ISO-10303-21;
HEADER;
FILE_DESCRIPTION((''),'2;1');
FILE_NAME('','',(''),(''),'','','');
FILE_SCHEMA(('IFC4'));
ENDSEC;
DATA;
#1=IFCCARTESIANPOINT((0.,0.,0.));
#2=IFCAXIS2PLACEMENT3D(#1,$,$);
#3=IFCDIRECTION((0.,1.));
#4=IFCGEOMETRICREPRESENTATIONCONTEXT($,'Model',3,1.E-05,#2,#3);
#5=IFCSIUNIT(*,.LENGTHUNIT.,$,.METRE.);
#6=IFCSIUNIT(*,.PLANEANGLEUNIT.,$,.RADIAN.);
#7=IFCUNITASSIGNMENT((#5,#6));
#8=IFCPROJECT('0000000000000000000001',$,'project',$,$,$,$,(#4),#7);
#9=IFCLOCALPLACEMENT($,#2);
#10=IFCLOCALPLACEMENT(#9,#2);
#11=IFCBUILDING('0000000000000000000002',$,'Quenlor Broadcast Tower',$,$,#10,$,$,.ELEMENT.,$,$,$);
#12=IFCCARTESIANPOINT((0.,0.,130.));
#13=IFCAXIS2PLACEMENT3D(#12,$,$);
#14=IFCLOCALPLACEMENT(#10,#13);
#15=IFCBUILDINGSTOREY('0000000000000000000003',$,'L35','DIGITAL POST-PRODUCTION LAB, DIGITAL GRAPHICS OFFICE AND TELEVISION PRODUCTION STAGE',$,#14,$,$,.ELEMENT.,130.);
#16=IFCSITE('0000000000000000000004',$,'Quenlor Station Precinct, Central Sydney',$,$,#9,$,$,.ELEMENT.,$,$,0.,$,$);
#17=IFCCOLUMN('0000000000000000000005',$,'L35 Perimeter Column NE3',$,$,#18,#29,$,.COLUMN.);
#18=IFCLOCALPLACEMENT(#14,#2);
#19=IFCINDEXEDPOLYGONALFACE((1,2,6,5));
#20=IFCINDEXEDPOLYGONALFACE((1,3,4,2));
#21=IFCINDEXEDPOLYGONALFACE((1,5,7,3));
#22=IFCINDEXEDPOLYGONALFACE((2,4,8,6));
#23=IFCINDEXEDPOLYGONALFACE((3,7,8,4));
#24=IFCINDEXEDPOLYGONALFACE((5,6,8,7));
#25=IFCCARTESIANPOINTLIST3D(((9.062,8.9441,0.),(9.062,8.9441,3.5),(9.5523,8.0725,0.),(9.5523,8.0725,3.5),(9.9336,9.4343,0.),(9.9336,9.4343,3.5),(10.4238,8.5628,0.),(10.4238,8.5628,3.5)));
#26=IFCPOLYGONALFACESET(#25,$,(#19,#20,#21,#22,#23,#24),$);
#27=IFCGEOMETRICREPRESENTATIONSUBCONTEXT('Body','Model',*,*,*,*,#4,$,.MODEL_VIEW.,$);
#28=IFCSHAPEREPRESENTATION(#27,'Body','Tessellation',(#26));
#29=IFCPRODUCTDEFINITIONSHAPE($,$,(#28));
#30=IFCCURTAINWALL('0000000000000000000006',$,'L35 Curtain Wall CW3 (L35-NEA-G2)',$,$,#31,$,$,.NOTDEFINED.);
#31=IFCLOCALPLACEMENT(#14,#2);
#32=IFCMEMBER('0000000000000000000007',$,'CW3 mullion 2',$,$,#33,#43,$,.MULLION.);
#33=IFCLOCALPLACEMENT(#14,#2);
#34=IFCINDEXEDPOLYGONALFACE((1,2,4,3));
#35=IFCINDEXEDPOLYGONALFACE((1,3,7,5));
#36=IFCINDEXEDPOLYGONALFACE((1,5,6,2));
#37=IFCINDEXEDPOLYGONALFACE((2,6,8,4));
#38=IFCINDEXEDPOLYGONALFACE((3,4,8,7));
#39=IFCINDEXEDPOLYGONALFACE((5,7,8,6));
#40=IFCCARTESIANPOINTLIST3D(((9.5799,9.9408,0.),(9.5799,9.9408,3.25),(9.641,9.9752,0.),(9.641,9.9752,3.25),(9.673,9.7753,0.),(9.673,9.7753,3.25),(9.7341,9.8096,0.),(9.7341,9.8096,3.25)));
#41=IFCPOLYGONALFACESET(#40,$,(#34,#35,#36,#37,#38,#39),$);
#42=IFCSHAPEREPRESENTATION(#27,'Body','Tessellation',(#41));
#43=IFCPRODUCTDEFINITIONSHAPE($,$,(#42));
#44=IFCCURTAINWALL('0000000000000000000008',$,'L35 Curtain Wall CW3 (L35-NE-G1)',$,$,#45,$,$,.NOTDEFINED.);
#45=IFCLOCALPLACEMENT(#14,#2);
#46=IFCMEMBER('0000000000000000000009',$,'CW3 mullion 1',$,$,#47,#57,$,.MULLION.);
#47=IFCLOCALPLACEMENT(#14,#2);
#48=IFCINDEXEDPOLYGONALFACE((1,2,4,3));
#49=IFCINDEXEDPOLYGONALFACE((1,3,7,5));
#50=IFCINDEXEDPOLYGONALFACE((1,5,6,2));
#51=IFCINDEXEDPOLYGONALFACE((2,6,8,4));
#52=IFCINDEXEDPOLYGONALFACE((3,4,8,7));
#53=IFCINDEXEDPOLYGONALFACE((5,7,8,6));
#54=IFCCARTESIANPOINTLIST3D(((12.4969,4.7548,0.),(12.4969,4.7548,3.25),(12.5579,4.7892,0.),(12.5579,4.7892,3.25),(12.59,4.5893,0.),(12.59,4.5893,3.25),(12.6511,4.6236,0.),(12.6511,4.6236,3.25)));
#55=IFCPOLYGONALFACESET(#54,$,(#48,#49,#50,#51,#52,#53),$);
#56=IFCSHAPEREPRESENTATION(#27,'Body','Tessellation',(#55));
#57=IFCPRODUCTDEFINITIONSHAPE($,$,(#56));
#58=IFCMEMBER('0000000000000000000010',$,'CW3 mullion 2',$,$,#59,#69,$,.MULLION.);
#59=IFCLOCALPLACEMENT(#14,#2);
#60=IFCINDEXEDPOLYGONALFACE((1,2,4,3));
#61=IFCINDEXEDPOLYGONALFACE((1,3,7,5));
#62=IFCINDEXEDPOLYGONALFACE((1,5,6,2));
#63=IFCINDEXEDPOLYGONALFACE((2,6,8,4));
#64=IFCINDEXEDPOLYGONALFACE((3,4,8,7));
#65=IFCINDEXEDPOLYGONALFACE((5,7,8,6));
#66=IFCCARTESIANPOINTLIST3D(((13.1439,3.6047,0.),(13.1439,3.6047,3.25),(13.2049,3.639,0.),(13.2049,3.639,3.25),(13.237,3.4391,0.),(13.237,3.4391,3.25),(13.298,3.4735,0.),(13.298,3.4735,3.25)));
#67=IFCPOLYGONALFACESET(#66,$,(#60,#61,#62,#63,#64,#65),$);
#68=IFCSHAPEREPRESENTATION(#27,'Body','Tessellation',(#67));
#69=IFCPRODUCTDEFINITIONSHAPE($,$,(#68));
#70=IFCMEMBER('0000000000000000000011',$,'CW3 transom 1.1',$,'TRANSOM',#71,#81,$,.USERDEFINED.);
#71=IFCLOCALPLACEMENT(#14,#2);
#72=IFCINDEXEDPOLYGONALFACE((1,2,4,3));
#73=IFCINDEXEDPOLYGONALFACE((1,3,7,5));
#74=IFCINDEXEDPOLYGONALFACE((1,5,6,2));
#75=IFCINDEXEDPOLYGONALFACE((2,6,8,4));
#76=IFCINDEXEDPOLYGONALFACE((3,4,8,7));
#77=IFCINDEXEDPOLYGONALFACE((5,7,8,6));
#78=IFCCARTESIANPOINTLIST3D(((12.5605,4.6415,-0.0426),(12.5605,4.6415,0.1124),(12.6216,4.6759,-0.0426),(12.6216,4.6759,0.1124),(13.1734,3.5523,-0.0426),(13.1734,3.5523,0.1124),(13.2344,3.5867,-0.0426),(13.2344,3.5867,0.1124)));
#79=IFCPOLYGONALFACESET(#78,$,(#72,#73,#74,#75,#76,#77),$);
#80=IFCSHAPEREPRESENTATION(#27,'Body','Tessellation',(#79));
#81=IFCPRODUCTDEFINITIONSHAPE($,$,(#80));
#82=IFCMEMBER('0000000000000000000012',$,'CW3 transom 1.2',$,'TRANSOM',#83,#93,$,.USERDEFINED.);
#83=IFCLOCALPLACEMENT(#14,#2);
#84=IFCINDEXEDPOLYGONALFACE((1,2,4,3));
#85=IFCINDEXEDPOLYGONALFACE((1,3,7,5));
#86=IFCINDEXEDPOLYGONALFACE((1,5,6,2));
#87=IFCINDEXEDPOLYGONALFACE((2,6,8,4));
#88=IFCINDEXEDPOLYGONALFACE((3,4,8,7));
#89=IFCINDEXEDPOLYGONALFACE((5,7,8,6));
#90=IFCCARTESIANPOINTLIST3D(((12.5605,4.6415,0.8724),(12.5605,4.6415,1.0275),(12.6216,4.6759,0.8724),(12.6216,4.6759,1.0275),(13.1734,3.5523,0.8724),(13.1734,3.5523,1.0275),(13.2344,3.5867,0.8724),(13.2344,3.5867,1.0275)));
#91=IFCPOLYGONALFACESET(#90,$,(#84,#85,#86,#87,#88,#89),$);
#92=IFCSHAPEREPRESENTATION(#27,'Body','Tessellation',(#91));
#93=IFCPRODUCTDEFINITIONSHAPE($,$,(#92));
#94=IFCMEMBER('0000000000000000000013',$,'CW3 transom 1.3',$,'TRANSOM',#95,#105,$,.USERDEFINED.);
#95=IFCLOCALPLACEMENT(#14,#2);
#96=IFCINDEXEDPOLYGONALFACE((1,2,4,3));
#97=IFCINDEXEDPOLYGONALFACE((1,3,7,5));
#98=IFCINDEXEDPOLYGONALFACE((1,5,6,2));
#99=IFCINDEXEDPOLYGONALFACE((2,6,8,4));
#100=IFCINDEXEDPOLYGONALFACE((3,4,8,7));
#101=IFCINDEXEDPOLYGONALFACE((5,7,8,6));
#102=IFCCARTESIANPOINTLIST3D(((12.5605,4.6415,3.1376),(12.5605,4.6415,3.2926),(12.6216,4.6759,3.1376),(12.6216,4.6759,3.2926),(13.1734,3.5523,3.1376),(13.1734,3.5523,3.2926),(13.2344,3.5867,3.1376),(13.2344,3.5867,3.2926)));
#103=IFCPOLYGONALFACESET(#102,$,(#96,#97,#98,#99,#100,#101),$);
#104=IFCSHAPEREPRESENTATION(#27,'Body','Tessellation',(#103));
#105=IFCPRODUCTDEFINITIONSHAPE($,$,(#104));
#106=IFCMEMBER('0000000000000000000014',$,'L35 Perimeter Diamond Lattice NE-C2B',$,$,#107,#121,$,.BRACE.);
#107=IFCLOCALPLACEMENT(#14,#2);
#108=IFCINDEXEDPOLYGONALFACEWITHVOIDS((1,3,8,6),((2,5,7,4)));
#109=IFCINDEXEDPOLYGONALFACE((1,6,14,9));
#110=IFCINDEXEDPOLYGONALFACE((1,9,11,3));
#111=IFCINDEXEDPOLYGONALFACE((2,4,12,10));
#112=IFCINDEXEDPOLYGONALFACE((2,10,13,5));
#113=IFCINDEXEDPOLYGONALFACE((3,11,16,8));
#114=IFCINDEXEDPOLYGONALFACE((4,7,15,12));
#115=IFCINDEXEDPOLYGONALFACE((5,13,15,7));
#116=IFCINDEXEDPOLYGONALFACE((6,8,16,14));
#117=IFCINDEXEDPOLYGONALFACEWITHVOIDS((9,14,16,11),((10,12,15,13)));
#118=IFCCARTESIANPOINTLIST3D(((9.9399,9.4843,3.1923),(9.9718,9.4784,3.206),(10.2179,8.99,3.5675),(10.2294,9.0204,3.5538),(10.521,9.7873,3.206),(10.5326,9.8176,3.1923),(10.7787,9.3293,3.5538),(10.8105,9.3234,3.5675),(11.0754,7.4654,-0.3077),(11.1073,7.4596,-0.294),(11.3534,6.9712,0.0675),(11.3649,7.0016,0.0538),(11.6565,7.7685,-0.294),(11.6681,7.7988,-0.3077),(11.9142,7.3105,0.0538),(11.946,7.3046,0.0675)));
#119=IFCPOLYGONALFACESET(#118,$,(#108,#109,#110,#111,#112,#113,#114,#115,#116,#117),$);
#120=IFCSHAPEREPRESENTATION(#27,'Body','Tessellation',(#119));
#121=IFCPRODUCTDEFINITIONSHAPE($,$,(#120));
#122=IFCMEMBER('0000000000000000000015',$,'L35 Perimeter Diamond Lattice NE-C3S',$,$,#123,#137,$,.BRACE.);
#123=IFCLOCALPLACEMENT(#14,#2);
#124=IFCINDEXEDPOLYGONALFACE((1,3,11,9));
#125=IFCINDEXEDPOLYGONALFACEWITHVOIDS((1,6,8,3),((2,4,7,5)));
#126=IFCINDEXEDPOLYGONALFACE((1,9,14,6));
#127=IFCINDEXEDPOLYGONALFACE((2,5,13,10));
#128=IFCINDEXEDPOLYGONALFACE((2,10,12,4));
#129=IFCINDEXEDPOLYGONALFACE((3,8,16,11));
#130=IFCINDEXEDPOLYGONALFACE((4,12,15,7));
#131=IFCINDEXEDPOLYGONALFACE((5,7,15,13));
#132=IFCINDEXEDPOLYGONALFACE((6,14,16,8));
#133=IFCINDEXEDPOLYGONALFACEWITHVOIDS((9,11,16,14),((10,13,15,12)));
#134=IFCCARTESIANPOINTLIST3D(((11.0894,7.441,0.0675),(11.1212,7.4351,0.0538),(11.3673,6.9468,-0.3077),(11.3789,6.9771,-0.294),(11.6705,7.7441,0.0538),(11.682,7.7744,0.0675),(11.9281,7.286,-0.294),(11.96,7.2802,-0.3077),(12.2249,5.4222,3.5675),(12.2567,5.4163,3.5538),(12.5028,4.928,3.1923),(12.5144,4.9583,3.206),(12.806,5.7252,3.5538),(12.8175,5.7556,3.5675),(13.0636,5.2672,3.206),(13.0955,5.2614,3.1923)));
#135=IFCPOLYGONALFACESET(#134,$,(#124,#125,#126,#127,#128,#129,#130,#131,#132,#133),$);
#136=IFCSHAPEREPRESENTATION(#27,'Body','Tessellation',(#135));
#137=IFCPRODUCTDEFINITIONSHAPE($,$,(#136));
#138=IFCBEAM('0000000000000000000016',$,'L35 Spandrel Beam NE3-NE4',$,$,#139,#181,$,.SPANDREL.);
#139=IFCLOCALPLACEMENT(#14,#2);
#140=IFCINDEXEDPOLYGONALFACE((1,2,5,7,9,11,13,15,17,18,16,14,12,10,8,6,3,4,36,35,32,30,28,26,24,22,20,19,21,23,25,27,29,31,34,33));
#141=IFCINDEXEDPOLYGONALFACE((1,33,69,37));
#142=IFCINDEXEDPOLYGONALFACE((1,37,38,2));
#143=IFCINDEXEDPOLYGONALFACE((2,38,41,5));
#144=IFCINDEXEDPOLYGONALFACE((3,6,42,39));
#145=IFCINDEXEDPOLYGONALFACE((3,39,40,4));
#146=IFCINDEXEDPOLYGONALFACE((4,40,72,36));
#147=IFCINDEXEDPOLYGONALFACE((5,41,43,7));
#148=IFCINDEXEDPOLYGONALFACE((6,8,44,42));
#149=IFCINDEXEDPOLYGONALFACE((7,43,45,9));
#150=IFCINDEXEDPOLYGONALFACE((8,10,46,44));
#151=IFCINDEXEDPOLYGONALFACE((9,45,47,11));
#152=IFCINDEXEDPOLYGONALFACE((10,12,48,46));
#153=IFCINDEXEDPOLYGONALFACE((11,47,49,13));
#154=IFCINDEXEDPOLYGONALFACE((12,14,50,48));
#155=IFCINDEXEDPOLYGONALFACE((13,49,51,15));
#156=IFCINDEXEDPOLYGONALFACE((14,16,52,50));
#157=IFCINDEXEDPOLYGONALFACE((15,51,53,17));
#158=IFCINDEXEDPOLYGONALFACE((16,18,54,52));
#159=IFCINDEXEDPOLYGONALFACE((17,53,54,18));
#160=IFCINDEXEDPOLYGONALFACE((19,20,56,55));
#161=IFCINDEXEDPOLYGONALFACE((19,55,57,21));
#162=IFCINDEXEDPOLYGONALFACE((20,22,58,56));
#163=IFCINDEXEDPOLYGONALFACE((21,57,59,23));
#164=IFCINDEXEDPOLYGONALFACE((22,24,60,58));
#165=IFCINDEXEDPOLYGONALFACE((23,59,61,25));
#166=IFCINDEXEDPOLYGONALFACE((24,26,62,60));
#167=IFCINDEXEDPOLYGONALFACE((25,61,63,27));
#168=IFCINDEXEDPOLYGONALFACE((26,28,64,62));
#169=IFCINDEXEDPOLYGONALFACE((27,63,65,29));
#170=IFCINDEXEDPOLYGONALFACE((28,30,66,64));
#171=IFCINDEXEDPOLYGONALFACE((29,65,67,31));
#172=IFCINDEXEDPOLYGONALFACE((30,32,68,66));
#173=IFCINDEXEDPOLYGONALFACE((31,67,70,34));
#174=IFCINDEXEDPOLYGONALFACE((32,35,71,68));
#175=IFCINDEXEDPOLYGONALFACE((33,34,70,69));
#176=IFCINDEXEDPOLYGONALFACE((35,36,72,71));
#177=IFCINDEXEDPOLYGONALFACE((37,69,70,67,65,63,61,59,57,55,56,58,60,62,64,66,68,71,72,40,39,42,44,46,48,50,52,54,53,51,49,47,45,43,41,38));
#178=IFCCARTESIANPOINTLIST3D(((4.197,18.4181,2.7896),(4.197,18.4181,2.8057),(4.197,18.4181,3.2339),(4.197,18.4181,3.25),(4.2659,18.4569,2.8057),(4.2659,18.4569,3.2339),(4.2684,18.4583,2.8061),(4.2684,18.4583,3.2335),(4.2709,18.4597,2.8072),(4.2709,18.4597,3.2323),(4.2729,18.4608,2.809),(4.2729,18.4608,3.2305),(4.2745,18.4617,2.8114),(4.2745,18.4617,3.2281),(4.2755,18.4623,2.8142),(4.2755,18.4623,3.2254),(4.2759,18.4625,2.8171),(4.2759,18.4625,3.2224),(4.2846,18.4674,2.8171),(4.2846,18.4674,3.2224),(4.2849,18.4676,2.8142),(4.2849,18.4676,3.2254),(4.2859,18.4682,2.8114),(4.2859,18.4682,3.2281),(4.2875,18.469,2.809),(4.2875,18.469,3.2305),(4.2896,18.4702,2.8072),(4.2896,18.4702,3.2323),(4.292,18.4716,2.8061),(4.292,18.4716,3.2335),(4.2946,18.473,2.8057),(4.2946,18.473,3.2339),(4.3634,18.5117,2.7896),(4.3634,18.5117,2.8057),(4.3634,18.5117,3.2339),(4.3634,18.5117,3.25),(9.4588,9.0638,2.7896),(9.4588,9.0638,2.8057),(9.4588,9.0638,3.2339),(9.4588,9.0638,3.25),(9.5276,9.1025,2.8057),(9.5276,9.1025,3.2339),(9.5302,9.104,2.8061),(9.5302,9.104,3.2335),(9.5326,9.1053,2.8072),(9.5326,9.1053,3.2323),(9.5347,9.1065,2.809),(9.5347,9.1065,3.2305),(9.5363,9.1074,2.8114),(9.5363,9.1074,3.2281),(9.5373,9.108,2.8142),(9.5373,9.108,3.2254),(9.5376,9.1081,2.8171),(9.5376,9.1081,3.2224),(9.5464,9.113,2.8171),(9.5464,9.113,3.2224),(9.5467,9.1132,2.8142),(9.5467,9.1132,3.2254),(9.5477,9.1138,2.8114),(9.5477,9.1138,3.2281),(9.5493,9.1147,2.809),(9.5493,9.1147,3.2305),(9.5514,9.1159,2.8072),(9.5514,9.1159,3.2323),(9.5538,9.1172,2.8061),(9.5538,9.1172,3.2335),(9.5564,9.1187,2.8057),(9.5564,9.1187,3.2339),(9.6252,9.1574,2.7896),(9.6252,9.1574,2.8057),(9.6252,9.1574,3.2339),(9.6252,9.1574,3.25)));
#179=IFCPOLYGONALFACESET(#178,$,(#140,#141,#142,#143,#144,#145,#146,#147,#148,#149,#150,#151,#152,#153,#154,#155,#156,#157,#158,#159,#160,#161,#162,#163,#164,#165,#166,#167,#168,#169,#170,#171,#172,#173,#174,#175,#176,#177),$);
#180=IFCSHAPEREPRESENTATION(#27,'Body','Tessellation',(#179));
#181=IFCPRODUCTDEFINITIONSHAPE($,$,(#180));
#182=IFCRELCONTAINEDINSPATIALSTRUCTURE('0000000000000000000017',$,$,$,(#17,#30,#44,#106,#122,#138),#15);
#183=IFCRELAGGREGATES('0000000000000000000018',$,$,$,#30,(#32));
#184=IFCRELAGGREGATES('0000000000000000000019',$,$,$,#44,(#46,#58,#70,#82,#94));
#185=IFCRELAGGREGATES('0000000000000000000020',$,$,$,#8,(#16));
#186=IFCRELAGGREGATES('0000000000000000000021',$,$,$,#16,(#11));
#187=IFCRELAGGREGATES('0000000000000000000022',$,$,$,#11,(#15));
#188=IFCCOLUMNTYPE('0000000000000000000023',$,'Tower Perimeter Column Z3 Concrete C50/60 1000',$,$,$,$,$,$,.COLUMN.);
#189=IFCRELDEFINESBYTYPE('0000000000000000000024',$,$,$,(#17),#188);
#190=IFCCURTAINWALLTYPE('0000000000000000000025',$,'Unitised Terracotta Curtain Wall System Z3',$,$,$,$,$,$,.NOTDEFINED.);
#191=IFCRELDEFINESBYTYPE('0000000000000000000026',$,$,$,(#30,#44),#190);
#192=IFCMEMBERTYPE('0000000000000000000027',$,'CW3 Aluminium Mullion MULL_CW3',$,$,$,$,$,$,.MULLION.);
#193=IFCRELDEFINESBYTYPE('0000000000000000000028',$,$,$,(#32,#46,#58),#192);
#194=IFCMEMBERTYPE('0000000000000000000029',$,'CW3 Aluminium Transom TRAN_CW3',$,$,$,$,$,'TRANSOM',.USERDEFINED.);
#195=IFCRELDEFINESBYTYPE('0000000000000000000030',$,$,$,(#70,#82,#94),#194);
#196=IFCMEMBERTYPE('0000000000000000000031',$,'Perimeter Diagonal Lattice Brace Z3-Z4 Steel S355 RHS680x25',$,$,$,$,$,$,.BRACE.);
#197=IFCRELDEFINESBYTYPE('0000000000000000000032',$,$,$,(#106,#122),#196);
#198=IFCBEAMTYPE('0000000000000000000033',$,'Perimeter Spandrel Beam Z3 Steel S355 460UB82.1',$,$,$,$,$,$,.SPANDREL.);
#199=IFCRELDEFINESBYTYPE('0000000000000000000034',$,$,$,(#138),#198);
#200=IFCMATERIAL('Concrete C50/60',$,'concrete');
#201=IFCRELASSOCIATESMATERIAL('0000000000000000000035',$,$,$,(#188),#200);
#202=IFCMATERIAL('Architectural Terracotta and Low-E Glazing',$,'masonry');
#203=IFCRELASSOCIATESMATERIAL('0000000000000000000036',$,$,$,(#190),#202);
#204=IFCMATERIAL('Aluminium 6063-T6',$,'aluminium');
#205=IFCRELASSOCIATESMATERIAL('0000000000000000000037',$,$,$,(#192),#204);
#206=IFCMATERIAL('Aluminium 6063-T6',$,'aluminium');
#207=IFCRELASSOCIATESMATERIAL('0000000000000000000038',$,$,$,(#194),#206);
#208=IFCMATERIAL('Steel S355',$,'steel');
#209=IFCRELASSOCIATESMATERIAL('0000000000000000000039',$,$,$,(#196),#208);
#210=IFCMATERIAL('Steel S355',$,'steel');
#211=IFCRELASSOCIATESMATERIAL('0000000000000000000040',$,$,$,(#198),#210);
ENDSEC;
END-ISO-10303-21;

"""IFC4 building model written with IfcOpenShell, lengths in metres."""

from ifc_helpers import new_model, si_unit, direction, frame, origin, origin_2d, place, context, subcontext, project, spatial, rectangle, hollow_rectangle, i_section, extrude, material, material_profile, profile_set, type_object, element, aggregate, save


model = new_model("IFC4")

# Units and contexts
model_context = context("Model", 3, precision=1e-05, world=origin(), true_north=direction((0.0, 1.0)))
body_context = subcontext(model_context, "Body", "Model", "MODEL_VIEW")
ifc_project = project(units=[si_unit("LENGTHUNIT", "METRE"), si_unit("PLANEANGLEUNIT", "RADIAN")], contexts=[model_context])

# Site, building, storey
site_placement = place(None, origin())
site = spatial("IfcSite", under=ifc_project, at=site_placement, Name="Quenlor Station Precinct, Central Sydney", CompositionType="ELEMENT", RefElevation=0.0)
building_placement = place(site_placement, origin())
building = spatial("IfcBuilding", under=site, at=building_placement, Name="Quenlor Broadcast Tower", CompositionType="ELEMENT")
storey_placement = place(building_placement, frame((0.0, 0.0, 130.0)))
storey = spatial("IfcBuildingStorey", under=building, at=storey_placement, Name="L35", Description="DIGITAL POST-PRODUCTION LAB, DIGITAL GRAPHICS OFFICE AND TELEVISION PRODUCTION STAGE", CompositionType="ELEMENT", Elevation=130.0)

# Column
ifc_material_1 = material(Name="Concrete C50/60", Category="concrete")
ifc_material_profile_1 = material_profile(ifc_material_1, rectangle(XDim=1.0, YDim=1.0, at=origin_2d()))
ifc_profile_set_1 = profile_set([ifc_material_profile_1], Name="Concrete C50/60 RC1000x1000")
column_type = type_object("IfcColumnType", Name="Tower Perimeter Column Z3 Concrete C50/60 1000", PredefinedType="COLUMN", material=ifc_profile_set_1)
column_placement = place(storey_placement, frame((9.7429, 8.7534, 0.0), z_axis=(0.0, 0.0, 1.0), x_axis=(0.871575, 0.490262, 0.0)))
element("IfcColumn", 1, at=column_placement, inside=storey, type_object=column_type, Name="L35 Perimeter Column NE3", PredefinedType="COLUMN", context=body_context, shape_type="SweptSolid", body=[
    extrude(rectangle(XDim=1.0, YDim=1.0, at=origin_2d()), origin(), (0.0, 0.0, 1.0), 3.5),
])

# Curtain wall, member
ifc_material_2 = material(Name="Architectural Terracotta and Low-E Glazing", Category="masonry")
curtain_wall_type = type_object("IfcCurtainWallType", Name="Unitised Terracotta Curtain Wall System Z3", PredefinedType="NOTDEFINED", material=ifc_material_2)
curtain_wall_1_placement = place(storey_placement, origin())
curtain_wall_1 = element("IfcCurtainWall", 2, at=curtain_wall_1_placement, inside=storey, type_object=curtain_wall_type, Name="L35 Curtain Wall CW3 (L35-NEA-G2)", PredefinedType="NOTDEFINED")
ifc_material_3 = material(Name="Aluminium 6063-T6", Category="aluminium")
ifc_material_profile_2 = material_profile(ifc_material_3, rectangle(XDim=0.0701, YDim=0.1899, at=origin_2d()))
ifc_profile_set_2 = profile_set([ifc_material_profile_2], Name="Aluminium 6063-T6 MULL70x190")
member_type_1 = type_object("IfcMemberType", Name="CW3 Aluminium Mullion MULL_CW3", PredefinedType="MULLION", material=ifc_profile_set_2)
member_1_placement = place(storey_placement, frame((9.657, 9.8752, 0.0), z_axis=(0.0, 0.0, 1.0), x_axis=(0.871601, 0.490216, 0.0)))
member_1 = element("IfcMember", 3, at=member_1_placement, type_object=member_type_1, Name="CW3 mullion 2", PredefinedType="MULLION", context=body_context, shape_type="SweptSolid", body=[
    extrude(rectangle(XDim=0.0701, YDim=0.1899, at=origin_2d()), origin(), (0.0, 0.0, 1.0), 3.25),
])

# Curtain wall, members
curtain_wall_2_placement = place(storey_placement, origin())
curtain_wall_2 = element("IfcCurtainWall", 4, at=curtain_wall_2_placement, inside=storey, type_object=curtain_wall_type, Name="L35 Curtain Wall CW3 (L35-NE-G1)", PredefinedType="NOTDEFINED")
member_2_placement = place(storey_placement, frame((12.574, 4.6892, 0.0), z_axis=(0.0, 0.0, 1.0), x_axis=(0.871562, 0.490285, 0.0)))
member_2 = element("IfcMember", 5, at=member_2_placement, type_object=member_type_1, Name="CW3 mullion 1", PredefinedType="MULLION", context=body_context, shape_type="SweptSolid", body=[
    extrude(rectangle(XDim=0.0701, YDim=0.1899, at=origin_2d()), origin(), (0.0, 0.0, 1.0), 3.25),
])
member_3_placement = place(storey_placement, frame((13.2209, 3.5391, 0.0), z_axis=(0.0, 0.0, 1.0), x_axis=(0.871562, 0.490285, 0.0)))
member_3 = element("IfcMember", 6, at=member_3_placement, type_object=member_type_1, Name="CW3 mullion 2", PredefinedType="MULLION", context=body_context, shape_type="SweptSolid", body=[
    extrude(rectangle(XDim=0.0701, YDim=0.1899, at=origin_2d()), origin(), (0.0, 0.0, 1.0), 3.25),
])
ifc_material_4 = material(Name="Aluminium 6063-T6", Category="aluminium")
ifc_material_profile_3 = material_profile(ifc_material_4, rectangle(XDim=0.0701, YDim=0.155, at=origin_2d()))
ifc_profile_set_3 = profile_set([ifc_material_profile_3], Name="Aluminium 6063-T6 TRAN70x155")
member_type_2 = type_object("IfcMemberType", Name="CW3 Aluminium Transom TRAN_CW3", ElementType="TRANSOM", PredefinedType="USERDEFINED", material=ifc_profile_set_3)
member_4_placement = place(storey_placement, frame((12.5911, 4.6587, 0.0349), z_axis=(0.490363, -0.871518, 0.0), x_axis=(0.871518, 0.490363, 0.0)))
member_4 = element("IfcMember", 7, at=member_4_placement, type_object=member_type_2, Name="CW3 transom 1.1", ObjectType="TRANSOM", PredefinedType="USERDEFINED", context=body_context, shape_type="SweptSolid", body=[
    extrude(rectangle(XDim=0.0701, YDim=0.155, at=origin_2d()), origin(), (0.0, 0.0, 1.0), 1.2498),
])
member_5_placement = place(storey_placement, frame((12.5911, 4.6587, 0.95), z_axis=(0.490363, -0.871518, 0.0), x_axis=(0.871518, 0.490363, 0.0)))
member_5 = element("IfcMember", 8, at=member_5_placement, type_object=member_type_2, Name="CW3 transom 1.2", ObjectType="TRANSOM", PredefinedType="USERDEFINED", context=body_context, shape_type="SweptSolid", body=[
    extrude(rectangle(XDim=0.0701, YDim=0.155, at=origin_2d()), origin(), (0.0, 0.0, 1.0), 1.2498),
])
member_6_placement = place(storey_placement, frame((12.5911, 4.6587, 3.2151), z_axis=(0.490363, -0.871518, 0.0), x_axis=(0.871518, 0.490363, 0.0)))
member_6 = element("IfcMember", 9, at=member_6_placement, type_object=member_type_2, Name="CW3 transom 1.3", ObjectType="TRANSOM", PredefinedType="USERDEFINED", context=body_context, shape_type="SweptSolid", body=[
    extrude(rectangle(XDim=0.0701, YDim=0.155, at=origin_2d()), origin(), (0.0, 0.0, 1.0), 1.2498),
])

# Members
ifc_material_5 = material(Name="Steel S355", Category="steel")
ifc_material_profile_4 = material_profile(ifc_material_5, hollow_rectangle(XDim=0.6799, YDim=0.6799, WallThickness=0.0249, at=origin_2d()))
ifc_profile_set_4 = profile_set([ifc_material_profile_4], Name="Steel S355 RHS680x680x25")
member_type_3 = type_object("IfcMemberType", Name="Perimeter Diagonal Lattice Brace Z3-Z4 Steel S355 RHS680x25", PredefinedType="BRACE", material=ifc_profile_set_4)
for number, where, z_axis, x_axis, name in (
    (10, (11.5107, 7.385, -0.1201), (-0.270549, 0.481009, 0.833927), (-0.87159, -0.490236, 0.0), "L35 Perimeter Diamond Lattice NE-C2B"),
    (11, (11.5247, 7.3606, -0.1201), (0.270549, -0.481009, 0.833927), (0.87159, 0.490236, 0.0), "L35 Perimeter Diamond Lattice NE-C3S"),
):
    element("IfcMember", number, at=place(storey_placement, frame(where, z_axis=z_axis, x_axis=x_axis)), inside=storey, type_object=member_type_3, Name=name, PredefinedType="BRACE", context=body_context, shape_type="SweptSolid", body=[
        extrude(hollow_rectangle(XDim=0.6799, YDim=0.6799, WallThickness=0.0249, at=origin_2d()), origin(), (0.0, 0.0, 1.0), 4.197),
    ])

# Beam
ifc_material_6 = material(Name="Steel S355", Category="steel")
ifc_material_profile_5 = material_profile(ifc_material_6, i_section(OverallWidth=0.1909, OverallDepth=0.4604, WebThickness=0.01, FlangeThickness=0.0161, FilletRadius=0.0115, at=origin_2d()))
ifc_profile_set_5 = profile_set([ifc_material_profile_5], Name="Steel S355 460UB82.1")
beam_type_1 = type_object("IfcBeamType", Name="Perimeter Spandrel Beam Z3 Steel S355 460UB82.1", PredefinedType="SPANDREL", material=ifc_profile_set_5)
beam_1_placement = place(storey_placement, frame((9.542, 9.1106, 3.0198), z_axis=(-0.490258, 0.871577, 0.0), x_axis=(-0.871577, -0.490258, 0.0)))
element("IfcBeam", 12, at=beam_1_placement, inside=storey, type_object=beam_type_1, Name="L35 Spandrel Beam NE3-NE4", PredefinedType="SPANDREL", context=body_context, shape_type="SweptSolid", body=[
    extrude(i_section(OverallWidth=0.1909, OverallDepth=0.4604, WebThickness=0.01, FlangeThickness=0.0161, FilletRadius=0.0115, at=origin_2d()), origin(), (0.0, 0.0, 1.0), 10.7327),
])

aggregate(curtain_wall_1, [member_1])
aggregate(curtain_wall_2, [member_2, member_3, member_4, member_5, member_6])

save(model, "model.ifc")
